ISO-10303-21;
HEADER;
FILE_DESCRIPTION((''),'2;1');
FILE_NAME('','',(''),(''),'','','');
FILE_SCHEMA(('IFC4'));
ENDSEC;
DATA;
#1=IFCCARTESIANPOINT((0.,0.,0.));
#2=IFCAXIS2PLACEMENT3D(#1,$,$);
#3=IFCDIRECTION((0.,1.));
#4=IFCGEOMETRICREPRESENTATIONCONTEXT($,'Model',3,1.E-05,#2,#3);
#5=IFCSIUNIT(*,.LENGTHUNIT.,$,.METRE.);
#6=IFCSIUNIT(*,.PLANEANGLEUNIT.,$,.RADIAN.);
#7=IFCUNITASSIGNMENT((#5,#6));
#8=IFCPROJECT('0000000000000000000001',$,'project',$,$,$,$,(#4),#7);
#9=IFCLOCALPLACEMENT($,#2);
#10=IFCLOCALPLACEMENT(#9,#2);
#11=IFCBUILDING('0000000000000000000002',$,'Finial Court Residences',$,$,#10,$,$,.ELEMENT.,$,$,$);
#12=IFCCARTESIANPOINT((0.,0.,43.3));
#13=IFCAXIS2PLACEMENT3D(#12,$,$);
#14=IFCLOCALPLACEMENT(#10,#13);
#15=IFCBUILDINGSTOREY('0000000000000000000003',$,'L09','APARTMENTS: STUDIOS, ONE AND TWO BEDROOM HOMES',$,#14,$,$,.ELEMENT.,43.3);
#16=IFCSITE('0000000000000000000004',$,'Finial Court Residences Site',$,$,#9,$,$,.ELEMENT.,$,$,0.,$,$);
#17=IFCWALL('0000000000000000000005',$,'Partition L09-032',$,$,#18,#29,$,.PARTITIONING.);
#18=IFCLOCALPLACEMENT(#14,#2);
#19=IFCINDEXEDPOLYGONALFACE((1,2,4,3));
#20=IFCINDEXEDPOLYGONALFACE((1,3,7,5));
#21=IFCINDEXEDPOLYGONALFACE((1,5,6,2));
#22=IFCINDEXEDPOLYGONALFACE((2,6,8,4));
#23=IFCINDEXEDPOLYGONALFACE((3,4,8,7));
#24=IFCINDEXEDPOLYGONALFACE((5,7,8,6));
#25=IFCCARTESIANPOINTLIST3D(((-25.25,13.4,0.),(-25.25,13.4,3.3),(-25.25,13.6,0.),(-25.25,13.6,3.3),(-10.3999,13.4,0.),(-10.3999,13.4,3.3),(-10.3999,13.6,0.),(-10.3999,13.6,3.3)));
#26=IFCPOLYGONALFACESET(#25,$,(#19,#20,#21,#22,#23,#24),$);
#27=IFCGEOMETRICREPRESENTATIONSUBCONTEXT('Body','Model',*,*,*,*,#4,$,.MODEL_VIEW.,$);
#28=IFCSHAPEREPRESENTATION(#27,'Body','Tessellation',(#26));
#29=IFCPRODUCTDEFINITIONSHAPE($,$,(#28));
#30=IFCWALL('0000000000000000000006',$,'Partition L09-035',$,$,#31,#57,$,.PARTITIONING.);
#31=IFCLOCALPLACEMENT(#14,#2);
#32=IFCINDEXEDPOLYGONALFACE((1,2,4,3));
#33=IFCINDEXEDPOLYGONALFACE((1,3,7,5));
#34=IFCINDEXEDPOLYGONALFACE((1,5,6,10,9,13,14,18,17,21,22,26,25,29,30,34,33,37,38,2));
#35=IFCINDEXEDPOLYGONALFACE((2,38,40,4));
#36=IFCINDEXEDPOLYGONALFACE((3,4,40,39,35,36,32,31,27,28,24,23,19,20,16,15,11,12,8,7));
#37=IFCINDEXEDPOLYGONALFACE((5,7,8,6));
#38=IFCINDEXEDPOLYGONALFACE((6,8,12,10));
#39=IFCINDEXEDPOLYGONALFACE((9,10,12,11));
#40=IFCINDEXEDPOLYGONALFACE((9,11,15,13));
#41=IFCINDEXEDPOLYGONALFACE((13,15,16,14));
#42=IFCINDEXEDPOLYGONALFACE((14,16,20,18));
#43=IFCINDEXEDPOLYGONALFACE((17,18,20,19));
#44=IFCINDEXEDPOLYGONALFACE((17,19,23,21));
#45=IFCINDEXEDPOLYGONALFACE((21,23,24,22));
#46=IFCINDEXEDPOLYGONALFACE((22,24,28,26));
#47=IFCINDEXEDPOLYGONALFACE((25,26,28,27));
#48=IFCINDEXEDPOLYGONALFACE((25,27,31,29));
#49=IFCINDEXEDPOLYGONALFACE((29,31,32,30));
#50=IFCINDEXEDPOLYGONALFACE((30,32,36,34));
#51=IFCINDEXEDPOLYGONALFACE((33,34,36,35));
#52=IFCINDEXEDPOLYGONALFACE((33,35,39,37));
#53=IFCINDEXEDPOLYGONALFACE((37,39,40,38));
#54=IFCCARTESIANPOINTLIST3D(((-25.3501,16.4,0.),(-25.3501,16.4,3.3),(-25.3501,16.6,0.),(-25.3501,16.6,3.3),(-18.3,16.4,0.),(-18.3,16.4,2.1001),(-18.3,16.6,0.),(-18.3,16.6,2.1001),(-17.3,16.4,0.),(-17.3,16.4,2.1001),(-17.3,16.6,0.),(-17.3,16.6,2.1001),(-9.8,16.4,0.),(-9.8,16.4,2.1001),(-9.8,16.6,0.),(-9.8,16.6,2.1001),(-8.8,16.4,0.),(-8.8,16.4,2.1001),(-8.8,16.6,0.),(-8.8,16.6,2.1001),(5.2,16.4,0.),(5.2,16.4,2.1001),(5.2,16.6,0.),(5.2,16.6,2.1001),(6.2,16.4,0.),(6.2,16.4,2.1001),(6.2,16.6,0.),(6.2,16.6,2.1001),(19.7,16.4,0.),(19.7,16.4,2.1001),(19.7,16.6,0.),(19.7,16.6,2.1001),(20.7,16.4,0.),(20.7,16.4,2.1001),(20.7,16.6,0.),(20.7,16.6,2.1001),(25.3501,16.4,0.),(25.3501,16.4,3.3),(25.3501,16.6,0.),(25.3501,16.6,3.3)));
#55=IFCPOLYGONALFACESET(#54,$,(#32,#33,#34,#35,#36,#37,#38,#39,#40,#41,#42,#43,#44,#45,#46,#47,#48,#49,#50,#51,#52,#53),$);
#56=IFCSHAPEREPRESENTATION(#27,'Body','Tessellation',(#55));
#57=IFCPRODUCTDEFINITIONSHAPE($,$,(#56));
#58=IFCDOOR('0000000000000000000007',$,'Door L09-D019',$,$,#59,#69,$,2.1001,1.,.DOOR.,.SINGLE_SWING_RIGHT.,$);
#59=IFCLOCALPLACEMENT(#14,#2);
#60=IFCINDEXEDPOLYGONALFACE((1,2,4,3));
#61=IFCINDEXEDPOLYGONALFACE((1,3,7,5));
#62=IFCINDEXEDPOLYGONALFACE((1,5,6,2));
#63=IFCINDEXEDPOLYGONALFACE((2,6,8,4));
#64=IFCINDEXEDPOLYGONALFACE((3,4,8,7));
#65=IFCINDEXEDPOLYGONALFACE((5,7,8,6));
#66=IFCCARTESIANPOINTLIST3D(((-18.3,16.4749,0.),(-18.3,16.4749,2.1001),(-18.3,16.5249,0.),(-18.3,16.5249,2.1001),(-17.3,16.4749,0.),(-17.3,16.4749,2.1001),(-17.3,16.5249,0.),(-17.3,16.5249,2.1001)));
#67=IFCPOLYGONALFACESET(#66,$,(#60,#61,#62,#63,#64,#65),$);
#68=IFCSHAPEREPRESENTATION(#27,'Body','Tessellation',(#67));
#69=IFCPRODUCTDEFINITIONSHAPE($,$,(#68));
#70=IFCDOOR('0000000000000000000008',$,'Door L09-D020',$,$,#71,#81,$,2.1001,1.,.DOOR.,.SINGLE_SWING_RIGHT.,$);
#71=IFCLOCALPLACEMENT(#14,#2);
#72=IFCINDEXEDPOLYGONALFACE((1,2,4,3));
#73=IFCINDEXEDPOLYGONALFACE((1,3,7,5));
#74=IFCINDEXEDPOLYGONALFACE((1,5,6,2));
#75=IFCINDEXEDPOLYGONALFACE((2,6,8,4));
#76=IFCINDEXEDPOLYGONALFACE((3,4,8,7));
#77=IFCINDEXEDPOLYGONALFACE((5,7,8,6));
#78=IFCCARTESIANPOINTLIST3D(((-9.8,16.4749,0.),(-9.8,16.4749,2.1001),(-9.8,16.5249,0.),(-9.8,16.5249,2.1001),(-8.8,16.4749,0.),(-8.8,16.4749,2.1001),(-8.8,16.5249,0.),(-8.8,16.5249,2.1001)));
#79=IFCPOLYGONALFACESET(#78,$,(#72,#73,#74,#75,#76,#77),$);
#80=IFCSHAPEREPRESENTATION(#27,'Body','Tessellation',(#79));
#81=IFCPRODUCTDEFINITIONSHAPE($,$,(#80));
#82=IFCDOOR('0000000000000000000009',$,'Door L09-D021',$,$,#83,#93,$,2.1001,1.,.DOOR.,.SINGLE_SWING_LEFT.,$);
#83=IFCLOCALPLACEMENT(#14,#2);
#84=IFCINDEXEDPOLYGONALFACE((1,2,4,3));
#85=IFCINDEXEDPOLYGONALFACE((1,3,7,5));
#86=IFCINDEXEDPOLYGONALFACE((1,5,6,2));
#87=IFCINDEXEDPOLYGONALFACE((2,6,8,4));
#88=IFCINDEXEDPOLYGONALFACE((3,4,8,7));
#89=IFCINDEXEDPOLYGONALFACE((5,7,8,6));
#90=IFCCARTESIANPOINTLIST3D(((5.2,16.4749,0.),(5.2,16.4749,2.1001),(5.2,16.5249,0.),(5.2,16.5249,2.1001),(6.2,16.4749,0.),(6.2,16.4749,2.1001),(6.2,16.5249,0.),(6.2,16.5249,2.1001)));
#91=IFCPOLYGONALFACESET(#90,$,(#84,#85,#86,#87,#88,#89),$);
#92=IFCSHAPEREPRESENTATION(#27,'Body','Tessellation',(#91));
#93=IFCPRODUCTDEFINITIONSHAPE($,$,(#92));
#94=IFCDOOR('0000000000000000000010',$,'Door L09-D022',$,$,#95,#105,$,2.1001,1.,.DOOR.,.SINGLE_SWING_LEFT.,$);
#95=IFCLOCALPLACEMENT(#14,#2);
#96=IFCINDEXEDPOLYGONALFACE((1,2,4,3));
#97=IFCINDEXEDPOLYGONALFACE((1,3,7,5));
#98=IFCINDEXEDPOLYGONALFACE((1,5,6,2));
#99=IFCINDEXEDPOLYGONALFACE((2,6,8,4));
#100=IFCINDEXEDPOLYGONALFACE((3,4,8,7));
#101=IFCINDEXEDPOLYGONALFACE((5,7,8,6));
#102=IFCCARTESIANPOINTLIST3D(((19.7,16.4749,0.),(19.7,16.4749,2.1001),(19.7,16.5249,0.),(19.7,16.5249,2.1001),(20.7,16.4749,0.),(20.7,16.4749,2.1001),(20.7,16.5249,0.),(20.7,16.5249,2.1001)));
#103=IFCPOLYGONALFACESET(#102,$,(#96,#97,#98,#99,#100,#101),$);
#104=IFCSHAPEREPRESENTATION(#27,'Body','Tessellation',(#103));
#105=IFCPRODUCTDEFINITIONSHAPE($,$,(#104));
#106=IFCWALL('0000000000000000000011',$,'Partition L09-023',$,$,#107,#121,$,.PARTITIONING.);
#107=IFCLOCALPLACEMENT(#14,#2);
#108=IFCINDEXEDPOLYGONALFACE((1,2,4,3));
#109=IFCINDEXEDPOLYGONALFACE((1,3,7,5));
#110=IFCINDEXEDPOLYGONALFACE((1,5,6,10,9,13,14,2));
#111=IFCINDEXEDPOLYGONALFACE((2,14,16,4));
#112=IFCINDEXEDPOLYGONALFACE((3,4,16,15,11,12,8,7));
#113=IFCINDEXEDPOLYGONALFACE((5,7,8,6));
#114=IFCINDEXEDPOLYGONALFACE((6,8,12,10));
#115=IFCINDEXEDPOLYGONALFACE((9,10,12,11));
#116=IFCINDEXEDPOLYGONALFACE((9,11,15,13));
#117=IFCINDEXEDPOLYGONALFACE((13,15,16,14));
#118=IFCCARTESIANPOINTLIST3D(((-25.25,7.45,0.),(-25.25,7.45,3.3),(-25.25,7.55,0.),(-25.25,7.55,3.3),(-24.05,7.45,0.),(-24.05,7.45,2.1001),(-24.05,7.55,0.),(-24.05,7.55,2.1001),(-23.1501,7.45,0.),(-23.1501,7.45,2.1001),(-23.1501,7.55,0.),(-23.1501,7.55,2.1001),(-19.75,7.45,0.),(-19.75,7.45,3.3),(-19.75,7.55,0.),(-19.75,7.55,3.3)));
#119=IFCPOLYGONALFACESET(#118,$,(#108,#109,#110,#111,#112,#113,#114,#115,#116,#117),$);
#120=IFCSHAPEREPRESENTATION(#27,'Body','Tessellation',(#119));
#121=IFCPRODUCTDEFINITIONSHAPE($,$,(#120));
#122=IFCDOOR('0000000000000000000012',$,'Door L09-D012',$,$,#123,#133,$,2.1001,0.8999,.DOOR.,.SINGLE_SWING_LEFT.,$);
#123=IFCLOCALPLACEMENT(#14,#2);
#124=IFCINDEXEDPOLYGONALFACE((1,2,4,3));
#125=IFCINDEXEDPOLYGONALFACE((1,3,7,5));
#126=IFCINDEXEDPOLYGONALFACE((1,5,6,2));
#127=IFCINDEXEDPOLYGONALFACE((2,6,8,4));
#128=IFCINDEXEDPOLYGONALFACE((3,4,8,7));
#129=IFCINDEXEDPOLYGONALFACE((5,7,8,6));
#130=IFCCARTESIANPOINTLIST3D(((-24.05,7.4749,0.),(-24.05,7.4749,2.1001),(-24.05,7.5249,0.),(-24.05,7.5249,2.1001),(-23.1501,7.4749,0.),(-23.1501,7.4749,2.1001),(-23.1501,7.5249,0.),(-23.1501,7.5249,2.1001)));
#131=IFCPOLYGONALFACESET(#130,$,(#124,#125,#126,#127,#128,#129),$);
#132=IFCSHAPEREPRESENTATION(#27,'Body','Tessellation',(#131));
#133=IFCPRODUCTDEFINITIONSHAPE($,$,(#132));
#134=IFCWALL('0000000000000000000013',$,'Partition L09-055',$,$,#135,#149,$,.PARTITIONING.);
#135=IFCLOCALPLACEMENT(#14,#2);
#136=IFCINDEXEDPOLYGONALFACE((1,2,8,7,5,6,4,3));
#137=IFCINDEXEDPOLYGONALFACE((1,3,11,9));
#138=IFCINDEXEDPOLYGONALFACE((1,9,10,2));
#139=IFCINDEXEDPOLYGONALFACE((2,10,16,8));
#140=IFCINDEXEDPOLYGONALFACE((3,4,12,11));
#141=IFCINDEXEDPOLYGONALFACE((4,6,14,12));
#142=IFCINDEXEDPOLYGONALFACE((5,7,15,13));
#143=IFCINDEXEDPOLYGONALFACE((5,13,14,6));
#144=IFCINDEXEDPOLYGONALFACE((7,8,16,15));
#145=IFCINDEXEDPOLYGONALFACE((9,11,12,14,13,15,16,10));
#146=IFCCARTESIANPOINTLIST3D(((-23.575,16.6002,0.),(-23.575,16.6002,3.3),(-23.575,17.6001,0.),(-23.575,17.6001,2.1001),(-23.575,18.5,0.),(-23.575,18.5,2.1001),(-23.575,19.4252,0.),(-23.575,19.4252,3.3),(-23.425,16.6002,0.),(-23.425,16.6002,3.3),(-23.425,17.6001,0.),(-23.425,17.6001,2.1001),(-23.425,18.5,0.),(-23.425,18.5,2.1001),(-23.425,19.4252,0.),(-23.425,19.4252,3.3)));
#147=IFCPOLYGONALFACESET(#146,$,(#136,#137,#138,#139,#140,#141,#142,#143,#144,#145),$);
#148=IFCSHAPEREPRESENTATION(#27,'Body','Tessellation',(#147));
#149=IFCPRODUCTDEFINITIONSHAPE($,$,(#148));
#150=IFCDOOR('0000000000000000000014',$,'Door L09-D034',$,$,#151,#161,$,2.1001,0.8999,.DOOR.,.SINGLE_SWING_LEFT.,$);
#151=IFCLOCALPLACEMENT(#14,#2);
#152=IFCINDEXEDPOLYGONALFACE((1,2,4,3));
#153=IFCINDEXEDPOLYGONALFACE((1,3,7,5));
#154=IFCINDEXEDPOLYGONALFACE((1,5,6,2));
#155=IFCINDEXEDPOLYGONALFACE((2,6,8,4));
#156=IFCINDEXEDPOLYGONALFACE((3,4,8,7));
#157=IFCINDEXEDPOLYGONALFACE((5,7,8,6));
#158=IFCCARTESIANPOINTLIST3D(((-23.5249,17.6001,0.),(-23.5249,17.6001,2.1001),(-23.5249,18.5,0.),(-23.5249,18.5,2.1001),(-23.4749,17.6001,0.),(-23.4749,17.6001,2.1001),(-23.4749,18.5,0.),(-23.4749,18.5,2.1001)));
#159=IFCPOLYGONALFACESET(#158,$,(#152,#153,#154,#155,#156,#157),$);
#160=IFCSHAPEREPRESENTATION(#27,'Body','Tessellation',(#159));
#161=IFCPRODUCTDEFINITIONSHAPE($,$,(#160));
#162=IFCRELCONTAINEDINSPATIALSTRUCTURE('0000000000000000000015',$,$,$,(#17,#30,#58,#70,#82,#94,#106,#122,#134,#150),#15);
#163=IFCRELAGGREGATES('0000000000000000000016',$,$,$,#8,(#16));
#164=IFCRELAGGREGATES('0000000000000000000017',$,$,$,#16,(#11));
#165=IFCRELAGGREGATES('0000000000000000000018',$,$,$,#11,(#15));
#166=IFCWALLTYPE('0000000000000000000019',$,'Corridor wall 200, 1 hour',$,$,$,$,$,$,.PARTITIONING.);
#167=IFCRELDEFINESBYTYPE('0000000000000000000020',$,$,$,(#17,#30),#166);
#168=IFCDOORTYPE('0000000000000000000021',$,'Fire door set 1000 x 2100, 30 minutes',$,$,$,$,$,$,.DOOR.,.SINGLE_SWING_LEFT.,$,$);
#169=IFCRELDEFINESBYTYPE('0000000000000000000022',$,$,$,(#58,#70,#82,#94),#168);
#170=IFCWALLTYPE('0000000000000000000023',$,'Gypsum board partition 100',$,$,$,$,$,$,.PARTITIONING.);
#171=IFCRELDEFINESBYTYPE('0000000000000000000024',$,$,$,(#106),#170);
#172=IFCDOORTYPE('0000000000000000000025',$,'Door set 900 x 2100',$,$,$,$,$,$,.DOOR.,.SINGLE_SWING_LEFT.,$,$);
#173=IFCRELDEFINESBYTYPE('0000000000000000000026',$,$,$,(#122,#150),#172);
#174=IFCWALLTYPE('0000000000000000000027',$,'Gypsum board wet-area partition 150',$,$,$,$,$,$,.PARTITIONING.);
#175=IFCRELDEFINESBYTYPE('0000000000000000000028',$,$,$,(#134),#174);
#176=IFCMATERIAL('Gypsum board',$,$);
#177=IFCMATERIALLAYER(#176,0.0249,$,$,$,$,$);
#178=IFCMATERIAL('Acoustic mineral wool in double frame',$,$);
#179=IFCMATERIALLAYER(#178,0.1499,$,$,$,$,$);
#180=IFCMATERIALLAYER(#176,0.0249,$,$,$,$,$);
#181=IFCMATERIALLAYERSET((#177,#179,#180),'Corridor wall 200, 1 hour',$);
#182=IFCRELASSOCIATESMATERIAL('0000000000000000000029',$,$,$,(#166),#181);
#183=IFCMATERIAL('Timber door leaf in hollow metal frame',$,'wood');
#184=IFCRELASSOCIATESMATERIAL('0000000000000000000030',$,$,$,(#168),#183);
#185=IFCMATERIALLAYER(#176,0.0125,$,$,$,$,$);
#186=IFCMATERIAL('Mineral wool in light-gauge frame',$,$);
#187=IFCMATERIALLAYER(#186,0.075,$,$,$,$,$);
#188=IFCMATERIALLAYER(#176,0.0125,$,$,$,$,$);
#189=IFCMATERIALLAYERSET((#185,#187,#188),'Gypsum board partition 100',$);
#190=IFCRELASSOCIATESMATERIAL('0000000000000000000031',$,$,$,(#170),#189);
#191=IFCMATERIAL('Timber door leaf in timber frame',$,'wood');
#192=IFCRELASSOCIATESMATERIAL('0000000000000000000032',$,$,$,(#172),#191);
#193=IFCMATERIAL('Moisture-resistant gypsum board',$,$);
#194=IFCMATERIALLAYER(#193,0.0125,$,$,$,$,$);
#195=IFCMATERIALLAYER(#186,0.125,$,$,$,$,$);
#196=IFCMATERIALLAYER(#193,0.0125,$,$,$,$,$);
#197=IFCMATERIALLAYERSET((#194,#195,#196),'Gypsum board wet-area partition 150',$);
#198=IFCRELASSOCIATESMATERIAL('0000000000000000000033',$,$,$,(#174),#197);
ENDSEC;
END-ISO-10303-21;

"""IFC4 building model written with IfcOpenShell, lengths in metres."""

from ifc_helpers import new_model, si_unit, direction, frame, frame_2d, origin, place, context, subcontext, project, spatial, rectangle, extrude, material, layer, layer_set, type_object, element, fill, save


model = new_model("IFC4")

# Units and contexts
model_context = context("Model", 3, precision=1e-05, world=origin(), true_north=direction((0.0, 1.0)))
body_context = subcontext(model_context, "Body", "Model", "MODEL_VIEW")
ifc_project = project(units=[si_unit("LENGTHUNIT", "METRE"), si_unit("PLANEANGLEUNIT", "RADIAN")], contexts=[model_context])

# Site, building, storey
site_placement = place(None, origin())
site = spatial("IfcSite", under=ifc_project, at=site_placement, Name="Finial Court Residences Site", CompositionType="ELEMENT", RefElevation=0.0)
building_placement = place(site_placement, origin())
building = spatial("IfcBuilding", under=site, at=building_placement, Name="Finial Court Residences", CompositionType="ELEMENT")
storey_placement = place(building_placement, frame((0.0, 0.0, 43.3)))
storey = spatial("IfcBuildingStorey", under=building, at=storey_placement, Name="L09", Description="APARTMENTS: STUDIOS, ONE AND TWO BEDROOM HOMES", CompositionType="ELEMENT", Elevation=43.3)

# Wall
ifc_material_1 = material(Name="Gypsum board")
ifc_layer_1 = layer(ifc_material_1, 0.0249)
ifc_material_2 = material(Name="Acoustic mineral wool in double frame")
ifc_layer_2 = layer(ifc_material_2, 0.1499)
ifc_layer_3 = layer(ifc_material_1, 0.0249)
ifc_layer_set_1 = layer_set([ifc_layer_1, ifc_layer_2, ifc_layer_3], Name="Corridor wall 200, 1 hour")
wall_type_1 = type_object("IfcWallType", Name="Corridor wall 200, 1 hour", PredefinedType="PARTITIONING", material=ifc_layer_set_1)
wall_1_placement = place(storey_placement, frame((-25.25, 13.5, 0.0), z_axis=(0.0, 0.0, 1.0), x_axis=(1.0, 0.0, 0.0)))
element("IfcWall", 1, at=wall_1_placement, inside=storey, type_object=wall_type_1, Name="Partition L09-032", PredefinedType="PARTITIONING", context=body_context, shape_type="SweptSolid", body=[
    extrude(rectangle(XDim=14.8501, YDim=0.2, at=frame_2d((7.425, 0.0))), origin(), (0.0, 0.0, 1.0), 3.3),
])

# Wall, openings, doors
wall_2_placement = place(storey_placement, frame((-25.3501, 16.5, 0.0), z_axis=(0.0, 0.0, 1.0), x_axis=(1.0, 0.0, 0.0)))
wall_2 = element("IfcWall", 2, at=wall_2_placement, inside=storey, type_object=wall_type_1, Name="Partition L09-035", PredefinedType="PARTITIONING", context=body_context, shape_type="SweptSolid", body=[
    extrude(rectangle(XDim=50.7002, YDim=0.2, at=frame_2d((25.3501, 0.0))), origin(), (0.0, 0.0, 1.0), 3.3),
])
opening_1_placement = place(wall_2_placement, frame((7.05, 0.0, 0.0)))
opening_1 = element("IfcOpeningElement", 3, at=opening_1_placement, cuts=wall_2, PredefinedType="OPENING", context=body_context, shape_type="SweptSolid", body=[
    extrude(rectangle(XDim=1.0, YDim=2.1001, at=frame_2d((0.5, 1.05))), frame((0.0, 0.1099, 0.0), z_axis=(0.0, -1.0, 0.0), x_axis=(1.0, 0.0, 0.0)), (0.0, 0.0, 1.0), 0.22),
])
opening_2_placement = place(wall_2_placement, frame((15.55, 0.0, 0.0)))
opening_2 = element("IfcOpeningElement", 4, at=opening_2_placement, cuts=wall_2, PredefinedType="OPENING", context=body_context, shape_type="SweptSolid", body=[
    extrude(rectangle(XDim=1.0, YDim=2.1001, at=frame_2d((0.5, 1.05))), frame((0.0, 0.1099, 0.0), z_axis=(0.0, -1.0, 0.0), x_axis=(1.0, 0.0, 0.0)), (0.0, 0.0, 1.0), 0.22),
])
opening_3_placement = place(wall_2_placement, frame((30.55, 0.0, 0.0)))
opening_3 = element("IfcOpeningElement", 5, at=opening_3_placement, cuts=wall_2, PredefinedType="OPENING", context=body_context, shape_type="SweptSolid", body=[
    extrude(rectangle(XDim=1.0, YDim=2.1001, at=frame_2d((0.5, 1.05))), frame((0.0, 0.1099, 0.0), z_axis=(0.0, -1.0, 0.0), x_axis=(1.0, 0.0, 0.0)), (0.0, 0.0, 1.0), 0.22),
])
opening_4_placement = place(wall_2_placement, frame((45.05, 0.0, 0.0)))
opening_4 = element("IfcOpeningElement", 6, at=opening_4_placement, cuts=wall_2, PredefinedType="OPENING", context=body_context, shape_type="SweptSolid", body=[
    extrude(rectangle(XDim=1.0, YDim=2.1001, at=frame_2d((0.5, 1.05))), frame((0.0, 0.1099, 0.0), z_axis=(0.0, -1.0, 0.0), x_axis=(1.0, 0.0, 0.0)), (0.0, 0.0, 1.0), 0.22),
])
ifc_material_3 = material(Name="Timber door leaf in hollow metal frame", Category="wood")
door_type_1 = type_object("IfcDoorType", Name="Fire door set 1000 x 2100, 30 minutes", OperationType="SINGLE_SWING_LEFT", PredefinedType="DOOR", material=ifc_material_3)
door_1_placement = place(opening_1_placement, origin())
door_1 = element("IfcDoor", 7, at=door_1_placement, inside=storey, type_object=door_type_1, Name="Door L09-D019", OperationType="SINGLE_SWING_RIGHT", OverallHeight=2.1001, OverallWidth=1.0, PredefinedType="DOOR", context=body_context, shape_type="SweptSolid", body=[
    extrude(rectangle(XDim=1.0, YDim=2.1001, at=frame_2d((0.5, 1.05))), frame((0.0, 0.0249, 0.0), z_axis=(0.0, -1.0, 0.0), x_axis=(1.0, 0.0, 0.0)), (0.0, 0.0, 1.0), 0.05),
])
fill(opening_1, door_1)
door_2_placement = place(opening_2_placement, origin())
door_2 = element("IfcDoor", 8, at=door_2_placement, inside=storey, type_object=door_type_1, Name="Door L09-D020", OperationType="SINGLE_SWING_RIGHT", OverallHeight=2.1001, OverallWidth=1.0, PredefinedType="DOOR", context=body_context, shape_type="SweptSolid", body=[
    extrude(rectangle(XDim=1.0, YDim=2.1001, at=frame_2d((0.5, 1.05))), frame((0.0, 0.0249, 0.0), z_axis=(0.0, -1.0, 0.0), x_axis=(1.0, 0.0, 0.0)), (0.0, 0.0, 1.0), 0.05),
])
fill(opening_2, door_2)
door_3_placement = place(opening_3_placement, origin())
door_3 = element("IfcDoor", 9, at=door_3_placement, inside=storey, type_object=door_type_1, Name="Door L09-D021", OperationType="SINGLE_SWING_LEFT", OverallHeight=2.1001, OverallWidth=1.0, PredefinedType="DOOR", context=body_context, shape_type="SweptSolid", body=[
    extrude(rectangle(XDim=1.0, YDim=2.1001, at=frame_2d((0.5, 1.05))), frame((0.0, 0.0249, 0.0), z_axis=(0.0, -1.0, 0.0), x_axis=(1.0, 0.0, 0.0)), (0.0, 0.0, 1.0), 0.05),
])
fill(opening_3, door_3)
door_4_placement = place(opening_4_placement, origin())
door_4 = element("IfcDoor", 10, at=door_4_placement, inside=storey, type_object=door_type_1, Name="Door L09-D022", OperationType="SINGLE_SWING_LEFT", OverallHeight=2.1001, OverallWidth=1.0, PredefinedType="DOOR", context=body_context, shape_type="SweptSolid", body=[
    extrude(rectangle(XDim=1.0, YDim=2.1001, at=frame_2d((0.5, 1.05))), frame((0.0, 0.0249, 0.0), z_axis=(0.0, -1.0, 0.0), x_axis=(1.0, 0.0, 0.0)), (0.0, 0.0, 1.0), 0.05),
])
fill(opening_4, door_4)

# Walls, openings, doors
ifc_layer_4 = layer(ifc_material_1, 0.0125)
ifc_material_4 = material(Name="Mineral wool in light-gauge frame")
ifc_layer_5 = layer(ifc_material_4, 0.075)
ifc_layer_6 = layer(ifc_material_1, 0.0125)
ifc_layer_set_2 = layer_set([ifc_layer_4, ifc_layer_5, ifc_layer_6], Name="Gypsum board partition 100")
wall_type_2 = type_object("IfcWallType", Name="Gypsum board partition 100", PredefinedType="PARTITIONING", material=ifc_layer_set_2)
wall_3_placement = place(storey_placement, frame((-25.25, 7.5, 0.0), z_axis=(0.0, 0.0, 1.0), x_axis=(1.0, 0.0, 0.0)))
wall_3 = element("IfcWall", 11, at=wall_3_placement, inside=storey, type_object=wall_type_2, Name="Partition L09-023", PredefinedType="PARTITIONING", context=body_context, shape_type="SweptSolid", body=[
    extrude(rectangle(XDim=5.5, YDim=0.1001, at=frame_2d((2.75, 0.0))), origin(), (0.0, 0.0, 1.0), 3.3),
])
opening_5_placement = place(wall_3_placement, frame((1.2, 0.0, 0.0)))
opening_5 = element("IfcOpeningElement", 12, at=opening_5_placement, cuts=wall_3, PredefinedType="OPENING", context=body_context, shape_type="SweptSolid", body=[
    extrude(rectangle(XDim=0.8999, YDim=2.1001, at=frame_2d((0.45, 1.05))), frame((0.0, 0.0601, 0.0), z_axis=(0.0, -1.0, 0.0), x_axis=(1.0, 0.0, 0.0)), (0.0, 0.0, 1.0), 0.1201),
])
ifc_material_5 = material(Name="Timber door leaf in timber frame", Category="wood")
door_type_2 = type_object("IfcDoorType", Name="Door set 900 x 2100", OperationType="SINGLE_SWING_LEFT", PredefinedType="DOOR", material=ifc_material_5)
door_5_placement = place(opening_5_placement, origin())
door_5 = element("IfcDoor", 13, at=door_5_placement, inside=storey, type_object=door_type_2, Name="Door L09-D012", OperationType="SINGLE_SWING_LEFT", OverallHeight=2.1001, OverallWidth=0.8999, PredefinedType="DOOR", context=body_context, shape_type="SweptSolid", body=[
    extrude(rectangle(XDim=0.8999, YDim=2.1001, at=frame_2d((0.45, 1.05))), frame((0.0, 0.0249, 0.0), z_axis=(0.0, -1.0, 0.0), x_axis=(1.0, 0.0, 0.0)), (0.0, 0.0, 1.0), 0.05),
])
fill(opening_5, door_5)
ifc_material_6 = material(Name="Moisture-resistant gypsum board")
ifc_layer_7 = layer(ifc_material_6, 0.0125)
ifc_layer_8 = layer(ifc_material_4, 0.125)
ifc_layer_9 = layer(ifc_material_6, 0.0125)
ifc_layer_set_3 = layer_set([ifc_layer_7, ifc_layer_8, ifc_layer_9], Name="Gypsum board wet-area partition 150")
wall_type_3 = type_object("IfcWallType", Name="Gypsum board wet-area partition 150", PredefinedType="PARTITIONING", material=ifc_layer_set_3)
wall_4_placement = place(storey_placement, frame((-23.5, 16.6001, 0.0), z_axis=(0.0, 0.0, 1.0), x_axis=(0.0, 1.0, 0.0)))
wall_4 = element("IfcWall", 14, at=wall_4_placement, inside=storey, type_object=wall_type_3, Name="Partition L09-055", PredefinedType="PARTITIONING", context=body_context, shape_type="SweptSolid", body=[
    extrude(rectangle(XDim=2.825, YDim=0.1499, at=frame_2d((1.4126, 0.0))), origin(), (0.0, 0.0, 1.0), 3.3),
])
opening_6_placement = place(wall_4_placement, frame((1.0, 0.0, 0.0)))
opening_6 = element("IfcOpeningElement", 15, at=opening_6_placement, cuts=wall_4, PredefinedType="OPENING", context=body_context, shape_type="SweptSolid", body=[
    extrude(rectangle(XDim=0.8999, YDim=2.1001, at=frame_2d((0.45, 1.05))), frame((0.0, 0.085, 0.0), z_axis=(0.0, -1.0, 0.0), x_axis=(1.0, 0.0, 0.0)), (0.0, 0.0, 1.0), 0.1699),
])
door_6_placement = place(opening_6_placement, origin())
door_6 = element("IfcDoor", 16, at=door_6_placement, inside=storey, type_object=door_type_2, Name="Door L09-D034", OperationType="SINGLE_SWING_LEFT", OverallHeight=2.1001, OverallWidth=0.8999, PredefinedType="DOOR", context=body_context, shape_type="SweptSolid", body=[
    extrude(rectangle(XDim=0.8999, YDim=2.1001, at=frame_2d((0.45, 1.05))), frame((0.0, 0.0249, 0.0), z_axis=(0.0, -1.0, 0.0), x_axis=(1.0, 0.0, 0.0)), (0.0, 0.0, 1.0), 0.05),
])
fill(opening_6, door_6)

save(model, "model.ifc")
